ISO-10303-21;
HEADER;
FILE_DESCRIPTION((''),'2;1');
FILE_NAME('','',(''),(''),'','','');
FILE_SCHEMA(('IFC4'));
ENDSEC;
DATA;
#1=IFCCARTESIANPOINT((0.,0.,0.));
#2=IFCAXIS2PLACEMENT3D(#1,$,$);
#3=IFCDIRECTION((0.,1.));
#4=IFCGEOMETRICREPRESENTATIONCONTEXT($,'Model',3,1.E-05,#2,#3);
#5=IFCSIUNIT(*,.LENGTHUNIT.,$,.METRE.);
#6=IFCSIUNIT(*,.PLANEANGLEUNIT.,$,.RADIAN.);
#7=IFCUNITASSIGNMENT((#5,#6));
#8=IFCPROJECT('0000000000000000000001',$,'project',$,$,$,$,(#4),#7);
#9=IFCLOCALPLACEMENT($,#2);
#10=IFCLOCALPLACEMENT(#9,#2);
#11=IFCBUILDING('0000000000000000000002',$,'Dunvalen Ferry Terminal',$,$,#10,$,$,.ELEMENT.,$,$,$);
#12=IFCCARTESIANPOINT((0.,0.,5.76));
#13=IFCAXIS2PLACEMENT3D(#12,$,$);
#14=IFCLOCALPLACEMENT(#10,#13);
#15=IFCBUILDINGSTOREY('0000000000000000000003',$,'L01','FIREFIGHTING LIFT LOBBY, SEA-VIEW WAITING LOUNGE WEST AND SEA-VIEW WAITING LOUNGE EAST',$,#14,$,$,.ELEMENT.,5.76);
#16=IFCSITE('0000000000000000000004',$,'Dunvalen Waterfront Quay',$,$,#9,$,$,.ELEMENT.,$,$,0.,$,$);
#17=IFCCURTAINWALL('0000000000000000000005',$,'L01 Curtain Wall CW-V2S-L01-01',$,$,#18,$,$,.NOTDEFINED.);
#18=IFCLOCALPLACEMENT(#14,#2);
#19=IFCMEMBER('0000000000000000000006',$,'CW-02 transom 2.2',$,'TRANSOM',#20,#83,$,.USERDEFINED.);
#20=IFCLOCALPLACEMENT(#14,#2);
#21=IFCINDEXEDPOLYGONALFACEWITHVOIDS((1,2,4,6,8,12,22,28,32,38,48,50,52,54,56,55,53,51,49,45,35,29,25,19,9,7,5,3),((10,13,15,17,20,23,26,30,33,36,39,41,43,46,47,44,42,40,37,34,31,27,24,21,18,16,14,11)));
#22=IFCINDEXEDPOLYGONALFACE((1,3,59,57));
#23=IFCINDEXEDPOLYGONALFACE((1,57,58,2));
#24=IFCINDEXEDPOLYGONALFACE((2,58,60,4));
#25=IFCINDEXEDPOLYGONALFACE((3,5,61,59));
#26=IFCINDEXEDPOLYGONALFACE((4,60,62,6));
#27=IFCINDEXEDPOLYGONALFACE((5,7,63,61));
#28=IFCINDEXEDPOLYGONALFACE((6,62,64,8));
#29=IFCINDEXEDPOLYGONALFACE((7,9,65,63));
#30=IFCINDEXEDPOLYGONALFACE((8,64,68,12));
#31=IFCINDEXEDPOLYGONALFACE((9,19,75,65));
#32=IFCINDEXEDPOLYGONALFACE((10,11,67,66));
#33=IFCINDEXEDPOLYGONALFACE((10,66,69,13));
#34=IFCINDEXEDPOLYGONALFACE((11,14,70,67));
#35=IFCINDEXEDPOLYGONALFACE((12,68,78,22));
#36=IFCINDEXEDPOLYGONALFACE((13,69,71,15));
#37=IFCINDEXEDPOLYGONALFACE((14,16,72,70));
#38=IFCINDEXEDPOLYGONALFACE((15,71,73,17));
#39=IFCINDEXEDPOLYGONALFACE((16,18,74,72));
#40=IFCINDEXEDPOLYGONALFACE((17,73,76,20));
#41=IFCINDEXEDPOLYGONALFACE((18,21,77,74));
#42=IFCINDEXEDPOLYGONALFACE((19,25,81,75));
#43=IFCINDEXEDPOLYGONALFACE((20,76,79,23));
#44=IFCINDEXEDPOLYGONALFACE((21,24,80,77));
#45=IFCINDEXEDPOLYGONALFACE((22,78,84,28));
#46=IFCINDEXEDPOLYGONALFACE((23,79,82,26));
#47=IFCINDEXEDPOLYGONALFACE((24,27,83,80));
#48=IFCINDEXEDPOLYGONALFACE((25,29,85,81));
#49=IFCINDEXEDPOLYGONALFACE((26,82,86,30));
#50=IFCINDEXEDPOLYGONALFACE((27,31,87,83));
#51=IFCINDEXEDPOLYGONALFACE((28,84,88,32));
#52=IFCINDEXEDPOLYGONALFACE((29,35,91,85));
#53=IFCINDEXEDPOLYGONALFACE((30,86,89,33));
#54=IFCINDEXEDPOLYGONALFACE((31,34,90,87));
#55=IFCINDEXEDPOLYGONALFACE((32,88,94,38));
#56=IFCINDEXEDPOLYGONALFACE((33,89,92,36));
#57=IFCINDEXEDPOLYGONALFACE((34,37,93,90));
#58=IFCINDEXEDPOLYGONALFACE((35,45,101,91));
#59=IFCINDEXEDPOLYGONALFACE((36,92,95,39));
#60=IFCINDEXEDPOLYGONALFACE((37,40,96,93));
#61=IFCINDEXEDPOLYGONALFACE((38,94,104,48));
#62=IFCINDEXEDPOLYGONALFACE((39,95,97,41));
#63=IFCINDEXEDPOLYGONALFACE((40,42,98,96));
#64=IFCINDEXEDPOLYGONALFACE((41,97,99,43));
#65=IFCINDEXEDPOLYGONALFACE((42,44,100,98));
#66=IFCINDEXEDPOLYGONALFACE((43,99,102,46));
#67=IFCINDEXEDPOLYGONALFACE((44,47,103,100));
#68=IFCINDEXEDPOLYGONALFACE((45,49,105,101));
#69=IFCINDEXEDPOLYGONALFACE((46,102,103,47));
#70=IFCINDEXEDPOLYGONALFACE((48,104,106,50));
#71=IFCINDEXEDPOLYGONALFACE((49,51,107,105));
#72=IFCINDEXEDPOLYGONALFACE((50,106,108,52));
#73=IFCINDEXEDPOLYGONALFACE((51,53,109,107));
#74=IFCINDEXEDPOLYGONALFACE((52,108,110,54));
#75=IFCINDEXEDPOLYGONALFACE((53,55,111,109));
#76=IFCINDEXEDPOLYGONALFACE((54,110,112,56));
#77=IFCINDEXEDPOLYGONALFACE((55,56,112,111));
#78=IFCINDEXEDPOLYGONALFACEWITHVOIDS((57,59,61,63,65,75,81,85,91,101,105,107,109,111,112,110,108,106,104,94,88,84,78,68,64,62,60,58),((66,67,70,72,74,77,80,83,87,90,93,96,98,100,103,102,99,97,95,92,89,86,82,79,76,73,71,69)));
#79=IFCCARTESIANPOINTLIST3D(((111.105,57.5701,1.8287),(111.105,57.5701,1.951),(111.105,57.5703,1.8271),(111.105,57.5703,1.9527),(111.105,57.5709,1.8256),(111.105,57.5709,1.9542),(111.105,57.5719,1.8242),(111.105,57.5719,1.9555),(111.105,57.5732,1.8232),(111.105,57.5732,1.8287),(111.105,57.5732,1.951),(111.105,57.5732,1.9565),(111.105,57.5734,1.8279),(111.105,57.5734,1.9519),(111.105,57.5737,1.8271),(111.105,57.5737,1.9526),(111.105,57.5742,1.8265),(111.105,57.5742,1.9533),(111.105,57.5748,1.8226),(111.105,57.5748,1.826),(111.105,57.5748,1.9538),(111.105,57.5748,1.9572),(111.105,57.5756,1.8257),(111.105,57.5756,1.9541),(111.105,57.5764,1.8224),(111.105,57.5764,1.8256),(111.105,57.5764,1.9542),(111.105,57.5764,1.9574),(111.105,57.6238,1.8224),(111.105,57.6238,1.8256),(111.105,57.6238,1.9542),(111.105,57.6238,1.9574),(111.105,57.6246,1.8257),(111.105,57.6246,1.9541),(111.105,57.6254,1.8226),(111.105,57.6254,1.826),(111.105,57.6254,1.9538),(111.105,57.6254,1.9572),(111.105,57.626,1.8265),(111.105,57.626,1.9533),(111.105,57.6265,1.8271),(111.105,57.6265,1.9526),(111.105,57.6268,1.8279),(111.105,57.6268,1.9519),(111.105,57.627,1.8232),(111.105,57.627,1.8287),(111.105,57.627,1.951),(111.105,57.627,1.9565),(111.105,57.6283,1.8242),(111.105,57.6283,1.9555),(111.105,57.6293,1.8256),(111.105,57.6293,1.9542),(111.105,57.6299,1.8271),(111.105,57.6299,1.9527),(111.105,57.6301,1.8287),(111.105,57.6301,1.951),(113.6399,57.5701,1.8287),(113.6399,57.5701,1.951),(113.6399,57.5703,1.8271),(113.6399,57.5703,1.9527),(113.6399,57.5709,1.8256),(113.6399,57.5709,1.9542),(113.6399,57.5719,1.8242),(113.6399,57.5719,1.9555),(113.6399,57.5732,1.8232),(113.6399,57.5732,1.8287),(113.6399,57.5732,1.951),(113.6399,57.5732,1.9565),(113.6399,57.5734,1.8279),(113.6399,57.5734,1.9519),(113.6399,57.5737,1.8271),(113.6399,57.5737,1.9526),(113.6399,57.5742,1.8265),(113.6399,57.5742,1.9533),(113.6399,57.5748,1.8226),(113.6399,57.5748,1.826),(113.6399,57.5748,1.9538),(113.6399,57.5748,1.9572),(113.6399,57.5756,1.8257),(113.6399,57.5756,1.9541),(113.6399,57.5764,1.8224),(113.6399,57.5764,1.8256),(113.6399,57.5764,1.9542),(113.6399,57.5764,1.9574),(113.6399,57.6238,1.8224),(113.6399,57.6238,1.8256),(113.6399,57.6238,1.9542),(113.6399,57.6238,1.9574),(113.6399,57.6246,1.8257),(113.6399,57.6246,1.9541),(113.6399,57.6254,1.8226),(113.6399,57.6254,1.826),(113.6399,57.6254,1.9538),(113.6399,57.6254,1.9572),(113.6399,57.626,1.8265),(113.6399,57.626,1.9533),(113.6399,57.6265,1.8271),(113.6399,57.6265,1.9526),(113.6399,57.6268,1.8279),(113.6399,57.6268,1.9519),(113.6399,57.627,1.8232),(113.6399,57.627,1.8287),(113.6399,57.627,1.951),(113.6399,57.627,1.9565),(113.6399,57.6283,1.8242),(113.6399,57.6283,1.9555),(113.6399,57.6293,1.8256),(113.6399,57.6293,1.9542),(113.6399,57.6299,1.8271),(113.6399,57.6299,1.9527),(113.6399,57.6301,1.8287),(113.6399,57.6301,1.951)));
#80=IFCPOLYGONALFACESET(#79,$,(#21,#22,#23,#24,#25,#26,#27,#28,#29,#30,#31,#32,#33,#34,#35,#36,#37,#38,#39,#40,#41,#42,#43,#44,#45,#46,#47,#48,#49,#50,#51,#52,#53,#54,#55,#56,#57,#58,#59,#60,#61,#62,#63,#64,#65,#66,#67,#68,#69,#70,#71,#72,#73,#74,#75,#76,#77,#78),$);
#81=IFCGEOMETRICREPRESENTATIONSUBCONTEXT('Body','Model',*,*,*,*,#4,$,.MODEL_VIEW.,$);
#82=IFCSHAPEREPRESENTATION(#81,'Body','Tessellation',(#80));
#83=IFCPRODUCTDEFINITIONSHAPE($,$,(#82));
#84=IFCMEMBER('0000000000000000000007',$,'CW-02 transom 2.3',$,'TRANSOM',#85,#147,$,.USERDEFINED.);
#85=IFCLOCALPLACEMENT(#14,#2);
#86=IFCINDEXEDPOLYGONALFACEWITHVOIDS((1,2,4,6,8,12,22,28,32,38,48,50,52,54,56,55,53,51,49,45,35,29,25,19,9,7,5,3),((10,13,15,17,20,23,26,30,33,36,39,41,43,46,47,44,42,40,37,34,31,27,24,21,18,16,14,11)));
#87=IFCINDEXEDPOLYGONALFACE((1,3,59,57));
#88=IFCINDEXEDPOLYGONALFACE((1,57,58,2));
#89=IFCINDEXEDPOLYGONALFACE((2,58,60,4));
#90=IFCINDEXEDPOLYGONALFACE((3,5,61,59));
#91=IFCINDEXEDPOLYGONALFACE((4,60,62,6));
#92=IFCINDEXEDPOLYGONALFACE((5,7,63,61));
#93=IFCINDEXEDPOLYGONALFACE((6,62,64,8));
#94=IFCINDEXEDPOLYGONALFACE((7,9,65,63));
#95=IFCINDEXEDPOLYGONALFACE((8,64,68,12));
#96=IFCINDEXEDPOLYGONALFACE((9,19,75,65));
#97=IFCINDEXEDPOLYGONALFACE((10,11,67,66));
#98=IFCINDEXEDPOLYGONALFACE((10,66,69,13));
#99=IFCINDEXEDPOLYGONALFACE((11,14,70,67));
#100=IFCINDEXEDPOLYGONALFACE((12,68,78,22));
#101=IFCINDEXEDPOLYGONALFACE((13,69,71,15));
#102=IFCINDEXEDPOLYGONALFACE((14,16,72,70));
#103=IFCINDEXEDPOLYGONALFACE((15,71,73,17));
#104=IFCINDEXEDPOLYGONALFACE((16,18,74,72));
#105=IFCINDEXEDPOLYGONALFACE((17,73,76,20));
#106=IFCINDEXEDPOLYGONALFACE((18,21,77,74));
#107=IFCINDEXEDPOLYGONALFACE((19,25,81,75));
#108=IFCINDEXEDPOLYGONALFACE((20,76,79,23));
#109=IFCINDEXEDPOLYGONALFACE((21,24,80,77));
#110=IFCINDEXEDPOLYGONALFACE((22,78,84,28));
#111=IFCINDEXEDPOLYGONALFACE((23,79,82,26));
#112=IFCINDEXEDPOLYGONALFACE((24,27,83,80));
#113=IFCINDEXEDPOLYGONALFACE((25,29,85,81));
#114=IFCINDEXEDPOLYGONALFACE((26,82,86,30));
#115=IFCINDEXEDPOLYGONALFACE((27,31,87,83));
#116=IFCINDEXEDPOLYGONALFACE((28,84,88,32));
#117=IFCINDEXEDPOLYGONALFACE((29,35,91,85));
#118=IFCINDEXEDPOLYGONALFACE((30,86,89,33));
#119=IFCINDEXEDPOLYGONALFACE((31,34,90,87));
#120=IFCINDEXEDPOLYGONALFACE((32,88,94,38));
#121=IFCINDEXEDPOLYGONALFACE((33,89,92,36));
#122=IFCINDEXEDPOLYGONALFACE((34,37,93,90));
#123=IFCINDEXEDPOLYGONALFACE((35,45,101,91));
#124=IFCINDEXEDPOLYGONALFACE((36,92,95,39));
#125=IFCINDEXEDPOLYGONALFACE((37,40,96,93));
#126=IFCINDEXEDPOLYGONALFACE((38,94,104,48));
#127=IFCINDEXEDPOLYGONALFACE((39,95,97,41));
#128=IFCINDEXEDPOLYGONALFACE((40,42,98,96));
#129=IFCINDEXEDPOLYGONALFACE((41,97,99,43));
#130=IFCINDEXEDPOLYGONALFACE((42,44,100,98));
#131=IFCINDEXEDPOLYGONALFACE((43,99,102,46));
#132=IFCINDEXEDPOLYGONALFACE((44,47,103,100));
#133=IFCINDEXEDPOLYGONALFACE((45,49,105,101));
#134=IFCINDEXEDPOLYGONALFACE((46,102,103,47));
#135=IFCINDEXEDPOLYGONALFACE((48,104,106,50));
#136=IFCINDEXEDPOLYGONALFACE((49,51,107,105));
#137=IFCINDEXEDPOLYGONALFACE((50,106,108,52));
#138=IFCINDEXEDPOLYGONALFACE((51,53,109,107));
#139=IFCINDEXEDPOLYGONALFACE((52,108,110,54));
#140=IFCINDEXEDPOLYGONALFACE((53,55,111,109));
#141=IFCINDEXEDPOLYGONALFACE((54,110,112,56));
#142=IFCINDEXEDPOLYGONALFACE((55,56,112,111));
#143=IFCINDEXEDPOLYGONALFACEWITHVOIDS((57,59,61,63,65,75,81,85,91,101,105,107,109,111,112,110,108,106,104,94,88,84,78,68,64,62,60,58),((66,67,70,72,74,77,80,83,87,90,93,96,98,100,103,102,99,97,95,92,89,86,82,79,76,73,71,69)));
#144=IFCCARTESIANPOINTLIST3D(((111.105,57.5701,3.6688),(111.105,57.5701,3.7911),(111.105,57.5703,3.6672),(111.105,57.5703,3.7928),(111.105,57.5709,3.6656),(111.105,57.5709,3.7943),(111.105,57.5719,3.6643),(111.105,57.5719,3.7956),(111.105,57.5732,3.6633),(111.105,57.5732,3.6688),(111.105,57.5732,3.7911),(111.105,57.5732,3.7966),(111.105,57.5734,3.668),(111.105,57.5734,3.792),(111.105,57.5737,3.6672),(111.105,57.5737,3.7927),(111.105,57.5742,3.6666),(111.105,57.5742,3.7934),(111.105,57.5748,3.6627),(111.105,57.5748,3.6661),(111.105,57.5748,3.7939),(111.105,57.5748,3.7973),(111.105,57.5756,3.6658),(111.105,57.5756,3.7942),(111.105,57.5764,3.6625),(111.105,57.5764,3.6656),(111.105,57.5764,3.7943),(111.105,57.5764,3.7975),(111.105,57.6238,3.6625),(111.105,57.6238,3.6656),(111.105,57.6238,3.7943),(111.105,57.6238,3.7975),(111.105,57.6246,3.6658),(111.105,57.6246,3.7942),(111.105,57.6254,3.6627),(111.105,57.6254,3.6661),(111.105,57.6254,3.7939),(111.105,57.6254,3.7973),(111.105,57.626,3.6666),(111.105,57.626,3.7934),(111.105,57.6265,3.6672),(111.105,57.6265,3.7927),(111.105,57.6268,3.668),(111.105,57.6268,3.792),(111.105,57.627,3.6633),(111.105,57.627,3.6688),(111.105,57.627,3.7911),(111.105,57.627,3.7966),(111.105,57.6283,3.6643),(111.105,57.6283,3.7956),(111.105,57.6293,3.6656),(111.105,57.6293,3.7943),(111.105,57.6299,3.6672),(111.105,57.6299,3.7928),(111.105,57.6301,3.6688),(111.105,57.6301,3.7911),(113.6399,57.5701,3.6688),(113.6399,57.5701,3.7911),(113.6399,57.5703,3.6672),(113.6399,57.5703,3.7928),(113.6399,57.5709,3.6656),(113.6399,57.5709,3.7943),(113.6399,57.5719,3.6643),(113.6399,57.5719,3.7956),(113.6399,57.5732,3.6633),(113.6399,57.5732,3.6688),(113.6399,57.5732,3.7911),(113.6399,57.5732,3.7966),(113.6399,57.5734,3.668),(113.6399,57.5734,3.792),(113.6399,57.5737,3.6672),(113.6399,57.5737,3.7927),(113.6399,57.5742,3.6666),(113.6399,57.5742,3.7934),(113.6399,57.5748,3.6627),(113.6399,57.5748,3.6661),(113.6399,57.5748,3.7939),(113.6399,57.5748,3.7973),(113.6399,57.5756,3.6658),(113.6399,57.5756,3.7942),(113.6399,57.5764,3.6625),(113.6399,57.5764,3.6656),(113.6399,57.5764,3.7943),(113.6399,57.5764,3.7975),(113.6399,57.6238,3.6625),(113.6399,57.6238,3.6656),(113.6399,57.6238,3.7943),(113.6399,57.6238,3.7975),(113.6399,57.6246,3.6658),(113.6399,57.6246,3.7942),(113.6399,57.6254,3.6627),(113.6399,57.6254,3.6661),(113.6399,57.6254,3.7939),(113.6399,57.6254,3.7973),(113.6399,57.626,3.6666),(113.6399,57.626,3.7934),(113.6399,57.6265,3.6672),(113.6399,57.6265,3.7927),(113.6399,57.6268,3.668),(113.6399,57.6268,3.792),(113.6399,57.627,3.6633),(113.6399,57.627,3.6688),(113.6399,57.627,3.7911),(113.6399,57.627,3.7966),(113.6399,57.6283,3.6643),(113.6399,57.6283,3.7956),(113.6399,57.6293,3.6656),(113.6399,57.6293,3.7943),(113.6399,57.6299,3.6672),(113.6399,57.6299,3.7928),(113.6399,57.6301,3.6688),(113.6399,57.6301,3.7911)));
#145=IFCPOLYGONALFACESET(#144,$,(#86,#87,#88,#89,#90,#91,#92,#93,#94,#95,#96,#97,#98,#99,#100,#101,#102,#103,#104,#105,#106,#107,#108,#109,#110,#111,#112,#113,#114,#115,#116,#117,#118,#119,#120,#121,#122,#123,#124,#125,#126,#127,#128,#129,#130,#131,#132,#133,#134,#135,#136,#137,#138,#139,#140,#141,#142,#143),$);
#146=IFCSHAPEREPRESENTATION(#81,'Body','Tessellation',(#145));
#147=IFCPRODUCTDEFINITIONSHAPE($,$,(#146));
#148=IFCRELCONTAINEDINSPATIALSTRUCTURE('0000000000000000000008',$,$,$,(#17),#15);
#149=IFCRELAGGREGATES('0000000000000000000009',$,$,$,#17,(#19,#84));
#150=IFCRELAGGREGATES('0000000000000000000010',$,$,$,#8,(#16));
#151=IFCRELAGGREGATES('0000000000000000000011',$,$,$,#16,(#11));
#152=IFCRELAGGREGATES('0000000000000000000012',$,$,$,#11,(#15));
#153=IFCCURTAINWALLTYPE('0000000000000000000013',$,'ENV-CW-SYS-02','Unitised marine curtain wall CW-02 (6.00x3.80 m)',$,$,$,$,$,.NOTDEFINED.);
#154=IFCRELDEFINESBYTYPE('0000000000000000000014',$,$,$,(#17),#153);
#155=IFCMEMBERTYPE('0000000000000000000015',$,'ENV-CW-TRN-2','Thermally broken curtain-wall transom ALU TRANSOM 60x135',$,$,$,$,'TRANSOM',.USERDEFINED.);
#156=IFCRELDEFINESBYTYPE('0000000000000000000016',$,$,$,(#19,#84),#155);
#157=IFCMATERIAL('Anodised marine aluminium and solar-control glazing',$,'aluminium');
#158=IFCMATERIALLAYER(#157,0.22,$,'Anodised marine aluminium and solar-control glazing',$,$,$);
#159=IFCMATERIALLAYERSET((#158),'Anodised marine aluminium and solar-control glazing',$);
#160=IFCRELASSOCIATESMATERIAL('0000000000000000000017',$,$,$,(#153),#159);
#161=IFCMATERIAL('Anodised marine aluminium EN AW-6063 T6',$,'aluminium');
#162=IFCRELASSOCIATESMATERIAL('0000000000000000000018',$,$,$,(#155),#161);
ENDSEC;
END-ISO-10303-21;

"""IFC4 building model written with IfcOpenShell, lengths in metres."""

from ifc_helpers import new_model, si_unit, direction, frame, origin, origin_2d, place, context, subcontext, project, spatial, hollow_rectangle, extrude, material, layer, layer_set, material_profile, profile_set, type_object, element, aggregate, save


model = new_model("IFC4")

# Units and contexts
model_context = context("Model", 3, precision=1e-05, world=origin(), true_north=direction((0.0, 1.0)))
body_context = subcontext(model_context, "Body", "Model", "MODEL_VIEW")
ifc_project = project(units=[si_unit("LENGTHUNIT", "METRE"), si_unit("PLANEANGLEUNIT", "RADIAN")], contexts=[model_context])

# Site, building, storey
site_placement = place(None, origin())
site = spatial("IfcSite", under=ifc_project, at=site_placement, Name="Dunvalen Waterfront Quay", CompositionType="ELEMENT", RefElevation=0.0)
building_placement = place(site_placement, origin())
building = spatial("IfcBuilding", under=site, at=building_placement, Name="Dunvalen Ferry Terminal", CompositionType="ELEMENT")
storey_placement = place(building_placement, frame((0.0, 0.0, 5.76)))
storey = spatial("IfcBuildingStorey", under=building, at=storey_placement, Name="L01", Description="FIREFIGHTING LIFT LOBBY, SEA-VIEW WAITING LOUNGE WEST AND SEA-VIEW WAITING LOUNGE EAST", CompositionType="ELEMENT", Elevation=5.76)

# Curtain wall
ifc_material_1 = material(Name="Anodised marine aluminium and solar-control glazing", Category="aluminium")
ifc_layer_1 = layer(ifc_material_1, 0.22, Name="Anodised marine aluminium and solar-control glazing")
ifc_layer_set_1 = layer_set([ifc_layer_1], Name="Anodised marine aluminium and solar-control glazing")
curtain_wall_type_1 = type_object("IfcCurtainWallType", Name="ENV-CW-SYS-02", Description="Unitised marine curtain wall CW-02 (6.00x3.80 m)", PredefinedType="NOTDEFINED", material=ifc_layer_set_1)
curtain_wall_1_placement = place(storey_placement, origin())
curtain_wall_1 = element("IfcCurtainWall", 1, at=curtain_wall_1_placement, inside=storey, type_object=curtain_wall_type_1, Name="L01 Curtain Wall CW-V2S-L01-01", PredefinedType="NOTDEFINED")
ifc_material_2 = material(Name="Anodised marine aluminium EN AW-6063 T6", Category="aluminium")

# Members
ifc_material_profile_1 = material_profile(ifc_material_2, hollow_rectangle(XDim=0.0601, YDim=0.135, WallThickness=0.0032, InnerFilletRadius=0.0032, OuterFilletRadius=0.0063, at=origin_2d()), Name="Anodised marine aluminium EN AW-6063 T6")
ifc_profile_set_1 = profile_set([ifc_material_profile_1], Name="Anodised marine aluminium EN AW-6063 T6")
member_type_1 = type_object("IfcMemberType", Name="ENV-CW-TRN-2", Description="Thermally broken curtain-wall transom ALU TRANSOM 60x135", ElementType="TRANSOM", PredefinedType="USERDEFINED", material=ifc_profile_set_1)
member_1_placement = place(storey_placement, frame((111.105, 57.6001, 1.8899), z_axis=(1.0, 0.0, 0.0), x_axis=(0.0, 1.0, 0.0)))
member_1 = element("IfcMember", 2, at=member_1_placement, type_object=member_type_1, Name="CW-02 transom 2.2", ObjectType="TRANSOM", PredefinedType="USERDEFINED", context=body_context, shape_type="SweptSolid", body=[
    extrude(hollow_rectangle(XDim=0.0601, YDim=0.135, WallThickness=0.0032, InnerFilletRadius=0.0032, OuterFilletRadius=0.0063, at=origin_2d()), origin(), (0.0, 0.0, 1.0), 2.5349),
])
member_2_placement = place(storey_placement, frame((111.105, 57.6001, 3.73), z_axis=(1.0, 0.0, 0.0), x_axis=(0.0, 1.0, 0.0)))
member_2 = element("IfcMember", 3, at=member_2_placement, type_object=member_type_1, Name="CW-02 transom 2.3", ObjectType="TRANSOM", PredefinedType="USERDEFINED", context=body_context, shape_type="SweptSolid", body=[
    extrude(hollow_rectangle(XDim=0.0601, YDim=0.135, WallThickness=0.0032, InnerFilletRadius=0.0032, OuterFilletRadius=0.0063, at=origin_2d()), origin(), (0.0, 0.0, 1.0), 2.5349),
])

aggregate(curtain_wall_1, [member_1, member_2])

save(model, "model.ifc")
